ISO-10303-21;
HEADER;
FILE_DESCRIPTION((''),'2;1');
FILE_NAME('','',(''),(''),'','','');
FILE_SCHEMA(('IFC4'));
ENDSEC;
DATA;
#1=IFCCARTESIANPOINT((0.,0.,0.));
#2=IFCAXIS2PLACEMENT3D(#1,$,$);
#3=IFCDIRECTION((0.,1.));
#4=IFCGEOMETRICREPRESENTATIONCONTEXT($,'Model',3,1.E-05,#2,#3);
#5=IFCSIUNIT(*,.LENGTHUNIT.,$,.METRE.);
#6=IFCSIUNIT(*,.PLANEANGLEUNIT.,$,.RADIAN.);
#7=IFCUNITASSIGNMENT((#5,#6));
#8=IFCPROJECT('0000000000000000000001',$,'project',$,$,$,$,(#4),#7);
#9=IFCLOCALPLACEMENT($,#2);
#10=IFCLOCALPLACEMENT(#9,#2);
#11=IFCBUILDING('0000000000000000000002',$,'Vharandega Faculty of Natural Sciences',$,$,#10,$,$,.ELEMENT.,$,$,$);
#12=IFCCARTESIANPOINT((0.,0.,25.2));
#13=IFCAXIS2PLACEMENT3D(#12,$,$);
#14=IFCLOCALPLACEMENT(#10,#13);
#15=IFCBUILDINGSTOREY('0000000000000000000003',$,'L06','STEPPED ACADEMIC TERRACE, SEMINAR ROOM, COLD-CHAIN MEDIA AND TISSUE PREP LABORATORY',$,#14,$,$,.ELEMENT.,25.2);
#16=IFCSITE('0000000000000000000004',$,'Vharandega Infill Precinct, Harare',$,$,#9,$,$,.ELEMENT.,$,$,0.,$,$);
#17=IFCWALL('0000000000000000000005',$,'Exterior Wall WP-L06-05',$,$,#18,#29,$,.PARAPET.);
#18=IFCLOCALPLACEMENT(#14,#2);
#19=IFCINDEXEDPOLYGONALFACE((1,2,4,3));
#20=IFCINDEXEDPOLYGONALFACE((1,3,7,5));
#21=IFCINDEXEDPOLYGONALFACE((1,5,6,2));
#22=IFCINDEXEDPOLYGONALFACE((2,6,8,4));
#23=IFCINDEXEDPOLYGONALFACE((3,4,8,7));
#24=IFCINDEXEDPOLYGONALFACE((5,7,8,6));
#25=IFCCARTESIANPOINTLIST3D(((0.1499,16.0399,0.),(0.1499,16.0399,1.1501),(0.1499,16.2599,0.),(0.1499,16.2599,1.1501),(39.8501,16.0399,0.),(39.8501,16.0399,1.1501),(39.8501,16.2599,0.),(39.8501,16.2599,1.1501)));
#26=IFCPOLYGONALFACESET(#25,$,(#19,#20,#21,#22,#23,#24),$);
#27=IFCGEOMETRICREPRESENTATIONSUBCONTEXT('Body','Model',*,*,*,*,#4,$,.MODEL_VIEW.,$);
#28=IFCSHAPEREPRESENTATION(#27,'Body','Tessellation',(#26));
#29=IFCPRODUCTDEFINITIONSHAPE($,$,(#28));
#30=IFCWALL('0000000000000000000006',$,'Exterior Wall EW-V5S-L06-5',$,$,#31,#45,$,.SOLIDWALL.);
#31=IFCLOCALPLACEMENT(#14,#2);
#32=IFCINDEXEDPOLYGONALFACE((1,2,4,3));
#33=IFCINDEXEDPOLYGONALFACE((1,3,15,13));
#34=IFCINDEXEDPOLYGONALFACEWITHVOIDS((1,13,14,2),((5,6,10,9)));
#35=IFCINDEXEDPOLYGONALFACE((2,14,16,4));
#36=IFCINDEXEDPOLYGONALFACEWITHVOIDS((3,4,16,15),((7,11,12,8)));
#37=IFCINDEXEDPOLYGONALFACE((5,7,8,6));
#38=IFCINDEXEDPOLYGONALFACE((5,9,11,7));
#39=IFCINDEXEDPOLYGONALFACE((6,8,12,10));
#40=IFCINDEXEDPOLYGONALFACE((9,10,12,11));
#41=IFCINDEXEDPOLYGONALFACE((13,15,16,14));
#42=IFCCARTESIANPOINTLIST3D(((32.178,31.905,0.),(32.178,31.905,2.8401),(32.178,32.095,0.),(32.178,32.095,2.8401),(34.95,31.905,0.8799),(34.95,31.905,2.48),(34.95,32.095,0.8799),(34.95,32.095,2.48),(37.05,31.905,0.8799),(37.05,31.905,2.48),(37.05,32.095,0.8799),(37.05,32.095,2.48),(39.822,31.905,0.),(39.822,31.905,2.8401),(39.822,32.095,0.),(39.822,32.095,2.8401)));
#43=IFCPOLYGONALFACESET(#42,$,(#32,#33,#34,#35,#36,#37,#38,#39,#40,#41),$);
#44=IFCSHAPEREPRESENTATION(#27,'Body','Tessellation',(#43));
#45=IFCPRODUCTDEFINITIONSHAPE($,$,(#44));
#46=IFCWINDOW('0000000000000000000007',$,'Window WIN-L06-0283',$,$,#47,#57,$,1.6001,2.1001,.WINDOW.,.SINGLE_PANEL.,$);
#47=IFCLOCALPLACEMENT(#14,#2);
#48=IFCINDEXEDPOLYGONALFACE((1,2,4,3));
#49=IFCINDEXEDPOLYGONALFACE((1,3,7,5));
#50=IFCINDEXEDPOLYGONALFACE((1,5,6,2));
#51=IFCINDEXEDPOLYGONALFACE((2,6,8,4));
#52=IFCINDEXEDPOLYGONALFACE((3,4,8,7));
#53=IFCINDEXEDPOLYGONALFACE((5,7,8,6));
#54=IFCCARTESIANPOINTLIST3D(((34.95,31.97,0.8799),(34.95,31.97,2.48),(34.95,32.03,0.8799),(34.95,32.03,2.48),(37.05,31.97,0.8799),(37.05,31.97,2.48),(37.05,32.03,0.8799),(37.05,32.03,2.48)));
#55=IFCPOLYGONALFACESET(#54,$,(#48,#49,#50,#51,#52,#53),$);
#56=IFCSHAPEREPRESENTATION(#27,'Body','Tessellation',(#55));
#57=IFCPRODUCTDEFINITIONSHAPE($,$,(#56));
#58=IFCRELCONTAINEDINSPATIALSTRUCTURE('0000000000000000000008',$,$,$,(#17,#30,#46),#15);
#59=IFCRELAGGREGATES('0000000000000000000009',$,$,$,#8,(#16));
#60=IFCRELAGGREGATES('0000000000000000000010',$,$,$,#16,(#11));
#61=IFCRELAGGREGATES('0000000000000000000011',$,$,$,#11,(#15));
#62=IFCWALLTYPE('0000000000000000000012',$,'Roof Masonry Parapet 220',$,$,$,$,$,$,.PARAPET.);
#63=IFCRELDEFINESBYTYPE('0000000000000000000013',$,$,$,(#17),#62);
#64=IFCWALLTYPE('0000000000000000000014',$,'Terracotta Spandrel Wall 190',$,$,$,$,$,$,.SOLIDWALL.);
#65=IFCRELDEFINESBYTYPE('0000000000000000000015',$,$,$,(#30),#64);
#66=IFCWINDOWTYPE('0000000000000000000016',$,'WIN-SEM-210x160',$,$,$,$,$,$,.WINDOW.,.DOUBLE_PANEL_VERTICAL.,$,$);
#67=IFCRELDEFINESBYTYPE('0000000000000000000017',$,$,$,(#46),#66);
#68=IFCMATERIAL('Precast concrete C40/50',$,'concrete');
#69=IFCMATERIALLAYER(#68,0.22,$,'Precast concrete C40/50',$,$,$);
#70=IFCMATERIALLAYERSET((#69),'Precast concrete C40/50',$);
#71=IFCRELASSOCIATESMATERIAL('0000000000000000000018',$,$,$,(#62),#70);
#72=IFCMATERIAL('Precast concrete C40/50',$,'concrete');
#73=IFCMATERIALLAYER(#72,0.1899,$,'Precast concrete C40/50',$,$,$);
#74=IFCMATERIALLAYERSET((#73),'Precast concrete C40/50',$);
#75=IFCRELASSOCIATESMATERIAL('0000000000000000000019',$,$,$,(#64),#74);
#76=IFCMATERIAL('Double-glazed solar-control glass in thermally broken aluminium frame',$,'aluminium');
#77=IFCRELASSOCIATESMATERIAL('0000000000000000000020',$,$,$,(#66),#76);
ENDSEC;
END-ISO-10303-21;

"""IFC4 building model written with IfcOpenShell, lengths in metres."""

from ifc_helpers import new_model, si_unit, direction, frame, frame_2d, origin, place, context, subcontext, project, spatial, rectangle, extrude, material, layer, layer_set, type_object, element, fill, save


model = new_model("IFC4")

# Units and contexts
model_context = context("Model", 3, precision=1e-05, world=origin(), true_north=direction((0.0, 1.0)))
body_context = subcontext(model_context, "Body", "Model", "MODEL_VIEW")
ifc_project = project(units=[si_unit("LENGTHUNIT", "METRE"), si_unit("PLANEANGLEUNIT", "RADIAN")], contexts=[model_context])

# Site, building, storey
site_placement = place(None, origin())
site = spatial("IfcSite", under=ifc_project, at=site_placement, Name="Vharandega Infill Precinct, Harare", CompositionType="ELEMENT", RefElevation=0.0)
building_placement = place(site_placement, origin())
building = spatial("IfcBuilding", under=site, at=building_placement, Name="Vharandega Faculty of Natural Sciences", CompositionType="ELEMENT")
storey_placement = place(building_placement, frame((0.0, 0.0, 25.2)))
storey = spatial("IfcBuildingStorey", under=building, at=storey_placement, Name="L06", Description="STEPPED ACADEMIC TERRACE, SEMINAR ROOM, COLD-CHAIN MEDIA AND TISSUE PREP LABORATORY", CompositionType="ELEMENT", Elevation=25.2)

# Wall
ifc_material_1 = material(Name="Precast concrete C40/50", Category="concrete")
ifc_layer_1 = layer(ifc_material_1, 0.22, Name="Precast concrete C40/50")
ifc_layer_set_1 = layer_set([ifc_layer_1], Name="Precast concrete C40/50")
wall_type_1 = type_object("IfcWallType", Name="Roof Masonry Parapet 220", PredefinedType="PARAPET", material=ifc_layer_set_1)
wall_1_placement = place(storey_placement, frame((39.8501, 16.1499, 0.0), z_axis=(0.0, 0.0, 1.0), x_axis=(-1.0, 0.0, 0.0)))
element("IfcWall", 1, at=wall_1_placement, inside=storey, type_object=wall_type_1, Name="Exterior Wall WP-L06-05", PredefinedType="PARAPET", context=body_context, shape_type="SweptSolid", body=[
    extrude(rectangle(XDim=39.7002, YDim=0.22, at=frame_2d((19.8501, 0.0))), origin(), (0.0, 0.0, 1.0), 1.1501),
])

# Wall, opening, window
ifc_material_2 = material(Name="Precast concrete C40/50", Category="concrete")
ifc_layer_2 = layer(ifc_material_2, 0.1899, Name="Precast concrete C40/50")
ifc_layer_set_2 = layer_set([ifc_layer_2], Name="Precast concrete C40/50")
wall_type_2 = type_object("IfcWallType", Name="Terracotta Spandrel Wall 190", PredefinedType="SOLIDWALL", material=ifc_layer_set_2)
wall_2_placement = place(storey_placement, frame((39.822, 32.0, 0.0), z_axis=(0.0, 0.0, 1.0), x_axis=(-1.0, 0.0, 0.0)))
wall_2 = element("IfcWall", 2, at=wall_2_placement, inside=storey, type_object=wall_type_2, Name="Exterior Wall EW-V5S-L06-5", PredefinedType="SOLIDWALL", context=body_context, shape_type="SweptSolid", body=[
    extrude(rectangle(XDim=7.644, YDim=0.1899, at=frame_2d((3.822, 0.0))), origin(), (0.0, 0.0, 1.0), 2.8401),
])
opening_placement = place(wall_2_placement, frame((2.772, 0.0, 0.8799)))
opening = element("IfcOpeningElement", 3, at=opening_placement, cuts=wall_2, PredefinedType="OPENING", context=body_context, shape_type="SweptSolid", body=[
    extrude(rectangle(XDim=2.1001, YDim=1.6001, at=frame_2d((1.05, 0.8))), frame((0.0, 0.105, 0.0), z_axis=(0.0, -1.0, 0.0), x_axis=(1.0, 0.0, 0.0)), (0.0, 0.0, 1.0), 0.21),
])
ifc_material_3 = material(Name="Double-glazed solar-control glass in thermally broken aluminium frame", Category="aluminium")
window_type = type_object("IfcWindowType", Name="WIN-SEM-210x160", PartitioningType="DOUBLE_PANEL_VERTICAL", PredefinedType="WINDOW", material=ifc_material_3)
window_placement = place(opening_placement, origin())
window = element("IfcWindow", 4, at=window_placement, inside=storey, type_object=window_type, Name="Window WIN-L06-0283", OverallHeight=1.6001, OverallWidth=2.1001, PartitioningType="SINGLE_PANEL", PredefinedType="WINDOW", context=body_context, shape_type="SweptSolid", body=[
    extrude(rectangle(XDim=2.1001, YDim=1.6001, at=frame_2d((1.05, 0.8))), frame((0.0, 0.03, 0.0), z_axis=(0.0, -1.0, 0.0), x_axis=(1.0, 0.0, 0.0)), (0.0, 0.0, 1.0), 0.0601),
])
fill(opening, window)

save(model, "model.ifc")
